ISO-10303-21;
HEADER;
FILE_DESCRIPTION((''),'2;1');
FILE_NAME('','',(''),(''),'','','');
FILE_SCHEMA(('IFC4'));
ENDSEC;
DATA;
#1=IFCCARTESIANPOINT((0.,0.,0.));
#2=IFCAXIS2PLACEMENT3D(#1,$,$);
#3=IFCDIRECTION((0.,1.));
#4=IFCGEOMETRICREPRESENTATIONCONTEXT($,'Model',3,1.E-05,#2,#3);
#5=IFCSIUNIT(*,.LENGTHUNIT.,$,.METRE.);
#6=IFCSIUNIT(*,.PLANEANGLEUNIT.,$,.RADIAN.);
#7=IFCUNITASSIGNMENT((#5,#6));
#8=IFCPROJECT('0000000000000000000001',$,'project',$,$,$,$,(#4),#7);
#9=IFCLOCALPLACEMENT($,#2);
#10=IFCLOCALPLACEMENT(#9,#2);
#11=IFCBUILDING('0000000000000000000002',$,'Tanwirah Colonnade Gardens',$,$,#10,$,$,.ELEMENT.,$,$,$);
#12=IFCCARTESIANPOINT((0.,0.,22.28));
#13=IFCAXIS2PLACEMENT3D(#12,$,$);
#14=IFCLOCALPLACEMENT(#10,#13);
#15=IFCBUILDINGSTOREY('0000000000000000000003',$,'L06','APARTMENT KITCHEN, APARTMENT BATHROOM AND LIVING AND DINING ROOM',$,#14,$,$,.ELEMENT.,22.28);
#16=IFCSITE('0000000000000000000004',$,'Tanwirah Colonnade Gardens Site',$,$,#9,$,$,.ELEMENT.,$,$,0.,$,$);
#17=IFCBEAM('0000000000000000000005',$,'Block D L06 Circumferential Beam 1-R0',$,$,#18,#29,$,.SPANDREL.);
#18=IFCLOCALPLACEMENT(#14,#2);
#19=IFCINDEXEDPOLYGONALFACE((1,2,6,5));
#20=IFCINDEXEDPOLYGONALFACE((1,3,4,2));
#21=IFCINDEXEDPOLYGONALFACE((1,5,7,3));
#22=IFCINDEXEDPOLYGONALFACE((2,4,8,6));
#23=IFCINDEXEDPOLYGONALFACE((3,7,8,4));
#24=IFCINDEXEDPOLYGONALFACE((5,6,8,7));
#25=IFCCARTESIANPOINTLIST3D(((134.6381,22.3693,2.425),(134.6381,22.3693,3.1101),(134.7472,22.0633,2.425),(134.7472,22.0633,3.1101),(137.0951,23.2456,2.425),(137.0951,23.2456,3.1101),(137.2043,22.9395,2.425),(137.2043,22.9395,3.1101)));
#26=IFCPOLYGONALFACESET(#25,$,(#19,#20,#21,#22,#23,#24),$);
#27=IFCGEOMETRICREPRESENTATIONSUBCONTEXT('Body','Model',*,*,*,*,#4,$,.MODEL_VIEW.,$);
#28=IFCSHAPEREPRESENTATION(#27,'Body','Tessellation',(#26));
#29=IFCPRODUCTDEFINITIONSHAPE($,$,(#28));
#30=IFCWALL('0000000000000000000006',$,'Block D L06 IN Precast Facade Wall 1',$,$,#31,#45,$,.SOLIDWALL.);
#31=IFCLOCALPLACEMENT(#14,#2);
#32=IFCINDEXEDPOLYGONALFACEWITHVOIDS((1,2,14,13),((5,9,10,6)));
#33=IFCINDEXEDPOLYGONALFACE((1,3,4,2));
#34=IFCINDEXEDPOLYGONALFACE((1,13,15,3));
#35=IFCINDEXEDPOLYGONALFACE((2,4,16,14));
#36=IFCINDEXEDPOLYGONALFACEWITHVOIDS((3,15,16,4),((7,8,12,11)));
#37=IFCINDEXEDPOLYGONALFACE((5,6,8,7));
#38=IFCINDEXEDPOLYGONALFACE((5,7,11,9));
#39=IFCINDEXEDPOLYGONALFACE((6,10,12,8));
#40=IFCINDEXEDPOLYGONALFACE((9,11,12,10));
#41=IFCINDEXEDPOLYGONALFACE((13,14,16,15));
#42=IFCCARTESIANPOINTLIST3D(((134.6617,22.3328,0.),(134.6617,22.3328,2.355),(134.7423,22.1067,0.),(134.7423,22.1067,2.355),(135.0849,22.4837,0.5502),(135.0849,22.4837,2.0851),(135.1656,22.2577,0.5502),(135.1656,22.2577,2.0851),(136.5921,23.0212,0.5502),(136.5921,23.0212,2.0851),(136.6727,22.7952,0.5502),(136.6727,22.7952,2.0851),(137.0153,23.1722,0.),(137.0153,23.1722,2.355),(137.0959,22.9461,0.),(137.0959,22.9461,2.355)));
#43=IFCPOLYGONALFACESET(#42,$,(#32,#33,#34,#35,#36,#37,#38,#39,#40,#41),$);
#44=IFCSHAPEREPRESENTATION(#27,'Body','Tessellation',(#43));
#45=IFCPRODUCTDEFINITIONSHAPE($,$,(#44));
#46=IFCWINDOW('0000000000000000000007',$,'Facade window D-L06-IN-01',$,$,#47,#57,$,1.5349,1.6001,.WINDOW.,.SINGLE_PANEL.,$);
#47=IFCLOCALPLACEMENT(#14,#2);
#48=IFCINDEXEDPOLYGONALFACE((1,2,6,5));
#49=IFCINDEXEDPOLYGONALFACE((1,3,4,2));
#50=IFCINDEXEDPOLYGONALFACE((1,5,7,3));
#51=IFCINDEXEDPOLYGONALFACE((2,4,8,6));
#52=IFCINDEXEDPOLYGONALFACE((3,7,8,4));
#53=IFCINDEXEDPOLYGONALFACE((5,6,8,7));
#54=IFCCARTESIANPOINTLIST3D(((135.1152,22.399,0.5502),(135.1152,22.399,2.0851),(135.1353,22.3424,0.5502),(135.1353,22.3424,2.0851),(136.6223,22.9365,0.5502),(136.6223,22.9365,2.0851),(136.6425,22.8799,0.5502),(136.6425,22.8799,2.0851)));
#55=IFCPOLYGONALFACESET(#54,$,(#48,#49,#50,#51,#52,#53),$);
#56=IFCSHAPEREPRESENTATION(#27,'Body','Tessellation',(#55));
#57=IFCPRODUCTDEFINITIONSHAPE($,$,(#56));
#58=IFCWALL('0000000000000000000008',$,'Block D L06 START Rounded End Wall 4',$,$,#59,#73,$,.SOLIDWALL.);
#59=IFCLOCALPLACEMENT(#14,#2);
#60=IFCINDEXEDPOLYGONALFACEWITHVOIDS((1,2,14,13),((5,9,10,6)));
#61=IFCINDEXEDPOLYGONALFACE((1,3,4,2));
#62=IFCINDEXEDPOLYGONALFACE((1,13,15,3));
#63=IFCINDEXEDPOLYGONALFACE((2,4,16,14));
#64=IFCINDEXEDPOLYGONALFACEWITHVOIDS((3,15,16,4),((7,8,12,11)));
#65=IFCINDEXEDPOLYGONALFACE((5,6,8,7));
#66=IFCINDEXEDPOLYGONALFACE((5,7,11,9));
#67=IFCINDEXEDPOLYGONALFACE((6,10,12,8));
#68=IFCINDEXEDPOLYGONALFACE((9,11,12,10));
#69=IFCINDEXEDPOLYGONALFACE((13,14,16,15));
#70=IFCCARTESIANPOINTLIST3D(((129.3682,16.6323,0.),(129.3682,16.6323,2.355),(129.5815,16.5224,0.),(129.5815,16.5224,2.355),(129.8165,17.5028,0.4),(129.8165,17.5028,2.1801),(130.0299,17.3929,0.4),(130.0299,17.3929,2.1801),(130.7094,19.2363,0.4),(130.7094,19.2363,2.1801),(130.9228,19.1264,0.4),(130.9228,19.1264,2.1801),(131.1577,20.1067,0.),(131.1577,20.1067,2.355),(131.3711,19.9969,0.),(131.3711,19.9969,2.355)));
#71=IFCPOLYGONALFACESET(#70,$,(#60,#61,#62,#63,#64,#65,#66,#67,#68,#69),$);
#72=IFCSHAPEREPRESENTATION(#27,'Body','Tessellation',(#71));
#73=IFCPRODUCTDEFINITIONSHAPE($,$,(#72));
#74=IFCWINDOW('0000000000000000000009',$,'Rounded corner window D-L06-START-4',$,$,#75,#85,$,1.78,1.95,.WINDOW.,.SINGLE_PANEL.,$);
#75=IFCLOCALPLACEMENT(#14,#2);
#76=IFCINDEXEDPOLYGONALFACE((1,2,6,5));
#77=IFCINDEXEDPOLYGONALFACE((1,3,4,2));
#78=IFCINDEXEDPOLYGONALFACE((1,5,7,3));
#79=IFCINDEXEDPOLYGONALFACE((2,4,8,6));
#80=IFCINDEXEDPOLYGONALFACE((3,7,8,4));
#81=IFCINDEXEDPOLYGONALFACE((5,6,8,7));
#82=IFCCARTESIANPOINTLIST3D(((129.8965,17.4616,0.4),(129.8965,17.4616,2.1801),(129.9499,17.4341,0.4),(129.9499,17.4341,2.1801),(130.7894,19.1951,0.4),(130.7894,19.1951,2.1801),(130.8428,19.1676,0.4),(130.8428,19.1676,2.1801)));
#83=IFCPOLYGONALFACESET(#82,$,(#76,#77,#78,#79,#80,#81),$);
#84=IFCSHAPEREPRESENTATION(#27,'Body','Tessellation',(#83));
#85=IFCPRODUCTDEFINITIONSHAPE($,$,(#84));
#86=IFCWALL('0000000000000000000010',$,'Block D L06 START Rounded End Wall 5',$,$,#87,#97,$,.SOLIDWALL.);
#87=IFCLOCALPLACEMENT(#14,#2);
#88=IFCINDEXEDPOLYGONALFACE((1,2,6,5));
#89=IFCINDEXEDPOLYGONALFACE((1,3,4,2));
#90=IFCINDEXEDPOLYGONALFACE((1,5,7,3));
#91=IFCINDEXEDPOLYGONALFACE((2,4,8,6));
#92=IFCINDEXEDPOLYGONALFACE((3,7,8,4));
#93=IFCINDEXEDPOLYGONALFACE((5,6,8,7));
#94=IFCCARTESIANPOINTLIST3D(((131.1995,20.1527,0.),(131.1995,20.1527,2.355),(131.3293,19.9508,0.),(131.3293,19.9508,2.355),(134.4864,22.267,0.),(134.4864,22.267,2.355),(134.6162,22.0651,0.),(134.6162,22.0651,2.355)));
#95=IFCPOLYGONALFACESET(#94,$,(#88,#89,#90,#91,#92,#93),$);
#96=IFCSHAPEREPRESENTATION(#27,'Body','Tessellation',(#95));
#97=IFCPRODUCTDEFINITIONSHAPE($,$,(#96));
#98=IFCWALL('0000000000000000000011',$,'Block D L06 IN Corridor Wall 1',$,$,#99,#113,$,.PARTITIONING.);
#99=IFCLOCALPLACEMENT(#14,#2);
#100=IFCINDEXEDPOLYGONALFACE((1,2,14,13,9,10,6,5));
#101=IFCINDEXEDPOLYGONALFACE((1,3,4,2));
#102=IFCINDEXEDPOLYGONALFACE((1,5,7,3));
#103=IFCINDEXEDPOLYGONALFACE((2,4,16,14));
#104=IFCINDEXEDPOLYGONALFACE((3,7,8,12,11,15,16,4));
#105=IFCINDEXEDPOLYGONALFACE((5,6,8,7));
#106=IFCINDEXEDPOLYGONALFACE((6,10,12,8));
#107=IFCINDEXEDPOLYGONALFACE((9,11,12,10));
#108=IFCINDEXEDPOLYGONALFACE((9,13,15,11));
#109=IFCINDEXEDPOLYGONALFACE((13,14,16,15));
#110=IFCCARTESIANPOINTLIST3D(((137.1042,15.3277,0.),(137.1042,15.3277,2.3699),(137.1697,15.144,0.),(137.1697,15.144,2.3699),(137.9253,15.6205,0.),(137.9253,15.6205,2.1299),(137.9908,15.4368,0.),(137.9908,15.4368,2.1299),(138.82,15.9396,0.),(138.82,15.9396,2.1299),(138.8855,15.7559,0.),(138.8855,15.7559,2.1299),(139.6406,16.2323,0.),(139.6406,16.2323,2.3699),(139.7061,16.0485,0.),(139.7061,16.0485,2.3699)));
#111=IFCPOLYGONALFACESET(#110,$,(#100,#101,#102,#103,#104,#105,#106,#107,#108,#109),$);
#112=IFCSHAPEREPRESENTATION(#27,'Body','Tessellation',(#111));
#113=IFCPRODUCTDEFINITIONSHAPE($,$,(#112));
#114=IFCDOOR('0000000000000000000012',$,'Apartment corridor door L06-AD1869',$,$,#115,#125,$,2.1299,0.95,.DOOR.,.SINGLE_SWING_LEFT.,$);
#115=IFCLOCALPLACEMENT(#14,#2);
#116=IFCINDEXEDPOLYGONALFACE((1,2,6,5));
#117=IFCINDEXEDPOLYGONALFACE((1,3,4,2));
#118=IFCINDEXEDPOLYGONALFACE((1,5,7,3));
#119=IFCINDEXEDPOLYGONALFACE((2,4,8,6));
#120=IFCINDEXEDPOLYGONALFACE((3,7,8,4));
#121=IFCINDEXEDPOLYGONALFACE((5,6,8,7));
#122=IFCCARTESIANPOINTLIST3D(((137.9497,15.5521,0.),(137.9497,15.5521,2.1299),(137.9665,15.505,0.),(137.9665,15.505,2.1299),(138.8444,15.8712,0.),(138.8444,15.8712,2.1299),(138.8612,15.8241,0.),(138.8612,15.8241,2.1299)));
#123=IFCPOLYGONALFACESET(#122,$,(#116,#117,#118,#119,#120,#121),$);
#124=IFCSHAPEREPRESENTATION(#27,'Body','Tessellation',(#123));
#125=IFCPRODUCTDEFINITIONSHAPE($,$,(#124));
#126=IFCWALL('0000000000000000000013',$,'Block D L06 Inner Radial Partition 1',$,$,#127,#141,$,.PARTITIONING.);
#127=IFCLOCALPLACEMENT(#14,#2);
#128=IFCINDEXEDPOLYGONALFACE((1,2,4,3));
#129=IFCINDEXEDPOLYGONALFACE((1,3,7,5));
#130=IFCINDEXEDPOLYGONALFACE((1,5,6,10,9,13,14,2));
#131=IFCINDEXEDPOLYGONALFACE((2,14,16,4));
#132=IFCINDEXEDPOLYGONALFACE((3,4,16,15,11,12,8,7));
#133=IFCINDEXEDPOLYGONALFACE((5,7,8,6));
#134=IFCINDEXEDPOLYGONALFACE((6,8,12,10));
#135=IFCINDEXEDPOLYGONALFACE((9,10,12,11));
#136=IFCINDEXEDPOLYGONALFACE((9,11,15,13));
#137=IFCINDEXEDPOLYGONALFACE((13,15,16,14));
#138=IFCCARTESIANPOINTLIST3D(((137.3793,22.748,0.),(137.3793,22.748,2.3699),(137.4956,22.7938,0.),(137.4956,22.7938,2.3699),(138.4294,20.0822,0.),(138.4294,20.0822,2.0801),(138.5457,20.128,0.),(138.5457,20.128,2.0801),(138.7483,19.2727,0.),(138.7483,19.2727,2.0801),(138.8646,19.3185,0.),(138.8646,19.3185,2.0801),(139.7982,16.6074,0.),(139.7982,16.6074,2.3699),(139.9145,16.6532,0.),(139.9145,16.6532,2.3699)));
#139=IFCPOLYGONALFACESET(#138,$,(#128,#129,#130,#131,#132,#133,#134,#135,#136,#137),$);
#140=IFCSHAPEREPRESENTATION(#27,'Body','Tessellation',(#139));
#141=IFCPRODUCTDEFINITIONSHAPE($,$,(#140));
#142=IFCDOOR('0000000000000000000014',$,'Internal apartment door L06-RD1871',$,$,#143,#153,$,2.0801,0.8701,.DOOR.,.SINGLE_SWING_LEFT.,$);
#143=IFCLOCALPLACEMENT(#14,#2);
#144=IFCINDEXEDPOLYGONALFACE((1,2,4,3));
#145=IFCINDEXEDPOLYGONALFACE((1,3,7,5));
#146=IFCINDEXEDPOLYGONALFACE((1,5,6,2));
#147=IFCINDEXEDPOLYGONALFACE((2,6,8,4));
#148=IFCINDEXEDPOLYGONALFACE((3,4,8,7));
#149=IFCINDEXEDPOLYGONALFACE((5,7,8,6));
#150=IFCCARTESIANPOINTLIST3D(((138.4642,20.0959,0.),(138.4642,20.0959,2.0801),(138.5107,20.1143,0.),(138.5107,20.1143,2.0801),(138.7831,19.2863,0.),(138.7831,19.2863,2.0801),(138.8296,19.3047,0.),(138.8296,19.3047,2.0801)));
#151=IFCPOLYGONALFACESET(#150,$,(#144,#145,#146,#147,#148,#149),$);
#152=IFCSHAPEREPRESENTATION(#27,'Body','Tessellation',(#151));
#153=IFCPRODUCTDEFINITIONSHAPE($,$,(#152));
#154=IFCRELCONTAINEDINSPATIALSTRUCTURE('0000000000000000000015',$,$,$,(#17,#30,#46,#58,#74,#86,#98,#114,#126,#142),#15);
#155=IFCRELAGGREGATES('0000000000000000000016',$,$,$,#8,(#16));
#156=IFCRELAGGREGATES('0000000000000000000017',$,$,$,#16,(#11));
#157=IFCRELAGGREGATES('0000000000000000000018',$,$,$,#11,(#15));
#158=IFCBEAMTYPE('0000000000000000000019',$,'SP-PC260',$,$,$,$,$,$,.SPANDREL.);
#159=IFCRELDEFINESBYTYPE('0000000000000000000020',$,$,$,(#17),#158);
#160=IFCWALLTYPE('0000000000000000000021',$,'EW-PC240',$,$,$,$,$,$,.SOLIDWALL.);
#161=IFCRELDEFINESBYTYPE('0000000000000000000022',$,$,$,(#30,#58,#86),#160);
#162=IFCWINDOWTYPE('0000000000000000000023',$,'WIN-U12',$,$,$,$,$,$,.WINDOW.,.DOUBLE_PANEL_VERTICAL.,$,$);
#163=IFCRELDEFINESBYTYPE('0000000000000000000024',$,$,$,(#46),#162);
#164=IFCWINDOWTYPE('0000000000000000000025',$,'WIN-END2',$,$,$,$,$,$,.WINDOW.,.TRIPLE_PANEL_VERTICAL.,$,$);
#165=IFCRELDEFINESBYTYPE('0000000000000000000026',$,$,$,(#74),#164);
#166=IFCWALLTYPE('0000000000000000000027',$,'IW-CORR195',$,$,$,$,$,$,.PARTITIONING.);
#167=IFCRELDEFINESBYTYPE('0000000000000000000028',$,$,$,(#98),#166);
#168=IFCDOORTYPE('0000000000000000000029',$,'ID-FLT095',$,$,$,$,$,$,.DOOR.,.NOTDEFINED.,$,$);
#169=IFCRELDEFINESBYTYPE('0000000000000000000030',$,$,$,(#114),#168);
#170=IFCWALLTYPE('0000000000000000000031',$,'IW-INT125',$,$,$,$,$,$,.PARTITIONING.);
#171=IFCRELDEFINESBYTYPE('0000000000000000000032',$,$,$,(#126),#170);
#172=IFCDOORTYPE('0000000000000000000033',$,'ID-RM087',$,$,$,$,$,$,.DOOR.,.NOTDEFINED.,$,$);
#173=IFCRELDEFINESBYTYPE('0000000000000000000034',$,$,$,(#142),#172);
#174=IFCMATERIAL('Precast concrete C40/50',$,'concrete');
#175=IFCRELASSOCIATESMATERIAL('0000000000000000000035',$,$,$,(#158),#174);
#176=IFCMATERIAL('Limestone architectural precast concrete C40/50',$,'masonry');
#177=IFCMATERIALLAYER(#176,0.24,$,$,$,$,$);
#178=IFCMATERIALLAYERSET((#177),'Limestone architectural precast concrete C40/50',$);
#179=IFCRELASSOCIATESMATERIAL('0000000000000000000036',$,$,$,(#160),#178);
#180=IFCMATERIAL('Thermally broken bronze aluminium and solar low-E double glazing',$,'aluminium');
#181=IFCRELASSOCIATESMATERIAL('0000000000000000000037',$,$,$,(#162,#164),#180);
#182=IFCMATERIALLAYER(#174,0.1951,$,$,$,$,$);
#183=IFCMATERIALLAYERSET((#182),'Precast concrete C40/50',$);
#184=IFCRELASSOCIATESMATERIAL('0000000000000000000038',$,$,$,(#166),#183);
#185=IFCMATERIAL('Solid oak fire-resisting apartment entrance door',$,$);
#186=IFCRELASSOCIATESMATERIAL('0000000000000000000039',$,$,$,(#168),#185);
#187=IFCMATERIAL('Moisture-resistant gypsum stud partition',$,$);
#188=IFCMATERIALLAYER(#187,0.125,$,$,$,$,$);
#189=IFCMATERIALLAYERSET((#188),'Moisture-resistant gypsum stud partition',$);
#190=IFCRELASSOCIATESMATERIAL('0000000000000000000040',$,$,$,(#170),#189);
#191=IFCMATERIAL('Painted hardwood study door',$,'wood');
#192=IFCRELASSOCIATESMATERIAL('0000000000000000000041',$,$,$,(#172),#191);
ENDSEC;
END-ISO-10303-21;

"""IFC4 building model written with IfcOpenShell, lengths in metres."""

from ifc_helpers import new_model, si_unit, direction, frame, frame_2d, origin, origin_2d, place, context, subcontext, project, spatial, rectangle, extrude, material, layer, layer_set, material_profile, profile_set, type_object, element, fill, save


model = new_model("IFC4")

# Units and contexts
model_context = context("Model", 3, precision=1e-05, world=origin(), true_north=direction((0.0, 1.0)))
body_context = subcontext(model_context, "Body", "Model", "MODEL_VIEW")
ifc_project = project(units=[si_unit("LENGTHUNIT", "METRE"), si_unit("PLANEANGLEUNIT", "RADIAN")], contexts=[model_context])

# Site, building, storey
site_placement = place(None, origin())
site = spatial("IfcSite", under=ifc_project, at=site_placement, Name="Tanwirah Colonnade Gardens Site", CompositionType="ELEMENT", RefElevation=0.0)
building_placement = place(site_placement, origin())
building = spatial("IfcBuilding", under=site, at=building_placement, Name="Tanwirah Colonnade Gardens", CompositionType="ELEMENT")
storey_placement = place(building_placement, frame((0.0, 0.0, 22.28)))
storey = spatial("IfcBuildingStorey", under=building, at=storey_placement, Name="L06", Description="APARTMENT KITCHEN, APARTMENT BATHROOM AND LIVING AND DINING ROOM", CompositionType="ELEMENT", Elevation=22.28)

# Shared definitions
ifc_material_1 = material(Name="Precast concrete C40/50", Category="concrete")

# Beam
ifc_material_profile_1 = material_profile(ifc_material_1, rectangle(XDim=0.325, YDim=0.6851, at=origin_2d()), Name="PC-SP 325x685")
ifc_profile_set_1 = profile_set([ifc_material_profile_1], Name="Precast concrete C40/50")
beam_type_1 = type_object("IfcBeamType", Name="SP-PC260", PredefinedType="SPANDREL", material=ifc_profile_set_1)
beam_1_placement = place(storey_placement, frame((134.6926, 22.2163, 2.7676), z_axis=(0.941898, 0.335898, 0.0), x_axis=(-0.335898, 0.941898, 0.0)))
element("IfcBeam", 1, at=beam_1_placement, inside=storey, type_object=beam_type_1, Name="Block D L06 Circumferential Beam 1-R0", PredefinedType="SPANDREL", context=body_context, shape_type="SweptSolid", body=[
    extrude(rectangle(XDim=0.325, YDim=0.6851, at=origin_2d()), origin(), (0.0, 0.0, 1.0), 2.6086),
])

# Walls, openings, windows
ifc_material_2 = material(Name="Limestone architectural precast concrete C40/50", Category="masonry")
ifc_layer_1 = layer(ifc_material_2, 0.24)
ifc_layer_set_1 = layer_set([ifc_layer_1], Name="Limestone architectural precast concrete C40/50")
wall_type_1 = type_object("IfcWallType", Name="EW-PC240", PredefinedType="SOLIDWALL", material=ifc_layer_set_1)
wall_1_placement = place(storey_placement, frame((134.7019, 22.2197, 0.0), z_axis=(0.0, 0.0, 1.0), x_axis=(0.941892, 0.335915, 0.0)))
wall_1 = element("IfcWall", 2, at=wall_1_placement, inside=storey, type_object=wall_type_1, Name="Block D L06 IN Precast Facade Wall 1", PredefinedType="SOLIDWALL", context=body_context, shape_type="SweptSolid", body=[
    extrude(rectangle(XDim=2.4988, YDim=0.24, at=frame_2d((1.2495, 0.0))), origin(), (0.0, 0.0, 1.0), 2.355),
])
opening_1_placement = place(wall_1_placement, frame((0.4495, 0.0, 0.55)))
opening_1 = element("IfcOpeningElement", 3, at=opening_1_placement, cuts=wall_1, PredefinedType="OPENING", context=body_context, shape_type="SweptSolid", body=[
    extrude(rectangle(XDim=1.6001, YDim=1.5349, at=frame_2d((0.8, 0.7676))), frame((0.0, 0.1299, 0.0), z_axis=(0.0, -1.0, 0.0), x_axis=(1.0, 0.0, 0.0)), (0.0, 0.0, 1.0), 0.26),
])
ifc_material_3 = material(Name="Thermally broken bronze aluminium and solar low-E double glazing", Category="aluminium")
window_type_1 = type_object("IfcWindowType", Name="WIN-U12", PartitioningType="DOUBLE_PANEL_VERTICAL", PredefinedType="WINDOW", material=ifc_material_3)
window_1_placement = place(opening_1_placement, origin())
window_1 = element("IfcWindow", 4, at=window_1_placement, inside=storey, type_object=window_type_1, Name="Facade window D-L06-IN-01", OverallHeight=1.5349, OverallWidth=1.6001, PartitioningType="SINGLE_PANEL", PredefinedType="WINDOW", context=body_context, shape_type="SweptSolid", body=[
    extrude(rectangle(XDim=1.6001, YDim=1.5349, at=frame_2d((0.8, 0.7676))), frame((0.0, 0.03, 0.0), z_axis=(0.0, -1.0, 0.0), x_axis=(1.0, 0.0, 0.0)), (0.0, 0.0, 1.0), 0.0601),
])
fill(opening_1, window_1)
wall_2_placement = place(storey_placement, frame((129.4749, 16.5774, 0.0), z_axis=(0.0, 0.0, 1.0), x_axis=(0.457901, 0.889003, 0.0)))
wall_2 = element("IfcWall", 5, at=wall_2_placement, inside=storey, type_object=wall_type_1, Name="Block D L06 START Rounded End Wall 4", PredefinedType="SOLIDWALL", context=body_context, shape_type="SweptSolid", body=[
    extrude(rectangle(XDim=3.9082, YDim=0.24, at=frame_2d((1.9541, 0.0))), origin(), (0.0, 0.0, 1.0), 2.355),
])
opening_2_placement = place(wall_2_placement, frame((0.979, 0.0, 0.3999)))
opening_2 = element("IfcOpeningElement", 6, at=opening_2_placement, cuts=wall_2, PredefinedType="OPENING", context=body_context, shape_type="SweptSolid", body=[
    extrude(rectangle(XDim=1.95, YDim=1.78, at=frame_2d((0.9751, 0.8901))), frame((0.0, 0.1299, 0.0), z_axis=(0.0, -1.0, 0.0), x_axis=(1.0, 0.0, 0.0)), (0.0, 0.0, 1.0), 0.26),
])
window_type_2 = type_object("IfcWindowType", Name="WIN-END2", PartitioningType="TRIPLE_PANEL_VERTICAL", PredefinedType="WINDOW", material=ifc_material_3)
window_2_placement = place(opening_2_placement, origin())
window_2 = element("IfcWindow", 7, at=window_2_placement, inside=storey, type_object=window_type_2, Name="Rounded corner window D-L06-START-4", OverallHeight=1.78, OverallWidth=1.95, PartitioningType="SINGLE_PANEL", PredefinedType="WINDOW", context=body_context, shape_type="SweptSolid", body=[
    extrude(rectangle(XDim=1.95, YDim=1.78, at=frame_2d((0.9751, 0.8901))), frame((0.0, 0.03, 0.0), z_axis=(0.0, -1.0, 0.0), x_axis=(1.0, 0.0, 0.0)), (0.0, 0.0, 1.0), 0.0601),
])
fill(opening_2, window_2)

# Wall
wall_3_placement = place(storey_placement, frame((131.2644, 20.0518, 0.0), z_axis=(0.0, 0.0, 1.0), x_axis=(0.84103, 0.540988, 0.0)))
element("IfcWall", 8, at=wall_3_placement, inside=storey, type_object=wall_type_1, Name="Block D L06 START Rounded End Wall 5", PredefinedType="SOLIDWALL", context=body_context, shape_type="SweptSolid", body=[
    extrude(rectangle(XDim=3.9082, YDim=0.24, at=frame_2d((1.9541, 0.0))), origin(), (0.0, 0.0, 1.0), 2.355),
])

# Walls, openings, doors
ifc_layer_2 = layer(ifc_material_1, 0.1951)
ifc_layer_set_2 = layer_set([ifc_layer_2], Name="Precast concrete C40/50")
wall_type_2 = type_object("IfcWallType", Name="IW-CORR195", PredefinedType="PARTITIONING", material=ifc_layer_set_2)
wall_4_placement = place(storey_placement, frame((137.137, 15.2358, 0.0), z_axis=(0.0, 0.0, 1.0), x_axis=(0.941896, 0.335906, 0.0)))
wall_4 = element("IfcWall", 9, at=wall_4_placement, inside=storey, type_object=wall_type_2, Name="Block D L06 IN Corridor Wall 1", PredefinedType="PARTITIONING", context=body_context, shape_type="SweptSolid", body=[
    extrude(rectangle(XDim=2.6929, YDim=0.1951, at=frame_2d((1.3464, 0.0))), origin(), (0.0, 0.0, 1.0), 2.3699),
])
opening_3_placement = place(wall_4_placement, frame((0.8716, 0.0, 0.0)))
opening_3 = element("IfcOpeningElement", 10, at=opening_3_placement, cuts=wall_4, PredefinedType="OPENING", context=body_context, shape_type="SweptSolid", body=[
    extrude(rectangle(XDim=0.95, YDim=2.1299, at=frame_2d((0.4751, 1.0649))), frame((0.0, 0.1074, 0.0), z_axis=(0.0, -1.0, 0.0), x_axis=(1.0, 0.0, 0.0)), (0.0, 0.0, 1.0), 0.2151),
])
ifc_material_4 = material(Name="Solid oak fire-resisting apartment entrance door")
door_type_1 = type_object("IfcDoorType", Name="ID-FLT095", OperationType="NOTDEFINED", PredefinedType="DOOR", material=ifc_material_4)
door_1_placement = place(opening_3_placement, origin())
door_1 = element("IfcDoor", 11, at=door_1_placement, inside=storey, type_object=door_type_1, Name="Apartment corridor door L06-AD1869", OperationType="SINGLE_SWING_LEFT", OverallHeight=2.1299, OverallWidth=0.95, PredefinedType="DOOR", context=body_context, shape_type="SweptSolid", body=[
    extrude(rectangle(XDim=0.95, YDim=2.1299, at=frame_2d((0.4751, 1.0649))), frame((0.0, 0.0249, 0.0), z_axis=(0.0, -1.0, 0.0), x_axis=(1.0, 0.0, 0.0)), (0.0, 0.0, 1.0), 0.05),
])
fill(opening_3, door_1)
ifc_material_5 = material(Name="Moisture-resistant gypsum stud partition")
ifc_layer_3 = layer(ifc_material_5, 0.125)
ifc_layer_set_3 = layer_set([ifc_layer_3], Name="Moisture-resistant gypsum stud partition")
wall_type_3 = type_object("IfcWallType", Name="IW-INT125", PredefinedType="PARTITIONING", material=ifc_layer_set_3)
wall_5_placement = place(storey_placement, frame((137.4375, 22.7708, 0.0), z_axis=(0.0, 0.0, 1.0), x_axis=(0.366513, -0.930413, 0.0)))
wall_5 = element("IfcWall", 12, at=wall_5_placement, inside=storey, type_object=wall_type_3, Name="Block D L06 Inner Radial Partition 1", PredefinedType="PARTITIONING", context=body_context, shape_type="SweptSolid", body=[
    extrude(rectangle(XDim=6.5999, YDim=0.125, at=frame_2d((3.2998, 0.0))), origin(), (0.0, 0.0, 1.0), 2.3699),
])
opening_4_placement = place(wall_5_placement, frame((2.865, 0.0, 0.0)))
opening_4 = element("IfcOpeningElement", 13, at=opening_4_placement, cuts=wall_5, PredefinedType="OPENING", context=body_context, shape_type="SweptSolid", body=[
    extrude(rectangle(XDim=0.8701, YDim=2.0801, at=frame_2d((0.4351, 1.04))), frame((0.0, 0.0725, 0.0), z_axis=(0.0, -1.0, 0.0), x_axis=(1.0, 0.0, 0.0)), (0.0, 0.0, 1.0), 0.145),
])
ifc_material_6 = material(Name="Painted hardwood study door", Category="wood")
door_type_2 = type_object("IfcDoorType", Name="ID-RM087", OperationType="NOTDEFINED", PredefinedType="DOOR", material=ifc_material_6)
door_2_placement = place(opening_4_placement, origin())
door_2 = element("IfcDoor", 14, at=door_2_placement, inside=storey, type_object=door_type_2, Name="Internal apartment door L06-RD1871", OperationType="SINGLE_SWING_LEFT", OverallHeight=2.0801, OverallWidth=0.8701, PredefinedType="DOOR", context=body_context, shape_type="SweptSolid", body=[
    extrude(rectangle(XDim=0.8701, YDim=2.0801, at=frame_2d((0.4351, 1.04))), frame((0.0, 0.0249, 0.0), z_axis=(0.0, -1.0, 0.0), x_axis=(1.0, 0.0, 0.0)), (0.0, 0.0, 1.0), 0.05),
])
fill(opening_4, door_2)

save(model, "model.ifc")
